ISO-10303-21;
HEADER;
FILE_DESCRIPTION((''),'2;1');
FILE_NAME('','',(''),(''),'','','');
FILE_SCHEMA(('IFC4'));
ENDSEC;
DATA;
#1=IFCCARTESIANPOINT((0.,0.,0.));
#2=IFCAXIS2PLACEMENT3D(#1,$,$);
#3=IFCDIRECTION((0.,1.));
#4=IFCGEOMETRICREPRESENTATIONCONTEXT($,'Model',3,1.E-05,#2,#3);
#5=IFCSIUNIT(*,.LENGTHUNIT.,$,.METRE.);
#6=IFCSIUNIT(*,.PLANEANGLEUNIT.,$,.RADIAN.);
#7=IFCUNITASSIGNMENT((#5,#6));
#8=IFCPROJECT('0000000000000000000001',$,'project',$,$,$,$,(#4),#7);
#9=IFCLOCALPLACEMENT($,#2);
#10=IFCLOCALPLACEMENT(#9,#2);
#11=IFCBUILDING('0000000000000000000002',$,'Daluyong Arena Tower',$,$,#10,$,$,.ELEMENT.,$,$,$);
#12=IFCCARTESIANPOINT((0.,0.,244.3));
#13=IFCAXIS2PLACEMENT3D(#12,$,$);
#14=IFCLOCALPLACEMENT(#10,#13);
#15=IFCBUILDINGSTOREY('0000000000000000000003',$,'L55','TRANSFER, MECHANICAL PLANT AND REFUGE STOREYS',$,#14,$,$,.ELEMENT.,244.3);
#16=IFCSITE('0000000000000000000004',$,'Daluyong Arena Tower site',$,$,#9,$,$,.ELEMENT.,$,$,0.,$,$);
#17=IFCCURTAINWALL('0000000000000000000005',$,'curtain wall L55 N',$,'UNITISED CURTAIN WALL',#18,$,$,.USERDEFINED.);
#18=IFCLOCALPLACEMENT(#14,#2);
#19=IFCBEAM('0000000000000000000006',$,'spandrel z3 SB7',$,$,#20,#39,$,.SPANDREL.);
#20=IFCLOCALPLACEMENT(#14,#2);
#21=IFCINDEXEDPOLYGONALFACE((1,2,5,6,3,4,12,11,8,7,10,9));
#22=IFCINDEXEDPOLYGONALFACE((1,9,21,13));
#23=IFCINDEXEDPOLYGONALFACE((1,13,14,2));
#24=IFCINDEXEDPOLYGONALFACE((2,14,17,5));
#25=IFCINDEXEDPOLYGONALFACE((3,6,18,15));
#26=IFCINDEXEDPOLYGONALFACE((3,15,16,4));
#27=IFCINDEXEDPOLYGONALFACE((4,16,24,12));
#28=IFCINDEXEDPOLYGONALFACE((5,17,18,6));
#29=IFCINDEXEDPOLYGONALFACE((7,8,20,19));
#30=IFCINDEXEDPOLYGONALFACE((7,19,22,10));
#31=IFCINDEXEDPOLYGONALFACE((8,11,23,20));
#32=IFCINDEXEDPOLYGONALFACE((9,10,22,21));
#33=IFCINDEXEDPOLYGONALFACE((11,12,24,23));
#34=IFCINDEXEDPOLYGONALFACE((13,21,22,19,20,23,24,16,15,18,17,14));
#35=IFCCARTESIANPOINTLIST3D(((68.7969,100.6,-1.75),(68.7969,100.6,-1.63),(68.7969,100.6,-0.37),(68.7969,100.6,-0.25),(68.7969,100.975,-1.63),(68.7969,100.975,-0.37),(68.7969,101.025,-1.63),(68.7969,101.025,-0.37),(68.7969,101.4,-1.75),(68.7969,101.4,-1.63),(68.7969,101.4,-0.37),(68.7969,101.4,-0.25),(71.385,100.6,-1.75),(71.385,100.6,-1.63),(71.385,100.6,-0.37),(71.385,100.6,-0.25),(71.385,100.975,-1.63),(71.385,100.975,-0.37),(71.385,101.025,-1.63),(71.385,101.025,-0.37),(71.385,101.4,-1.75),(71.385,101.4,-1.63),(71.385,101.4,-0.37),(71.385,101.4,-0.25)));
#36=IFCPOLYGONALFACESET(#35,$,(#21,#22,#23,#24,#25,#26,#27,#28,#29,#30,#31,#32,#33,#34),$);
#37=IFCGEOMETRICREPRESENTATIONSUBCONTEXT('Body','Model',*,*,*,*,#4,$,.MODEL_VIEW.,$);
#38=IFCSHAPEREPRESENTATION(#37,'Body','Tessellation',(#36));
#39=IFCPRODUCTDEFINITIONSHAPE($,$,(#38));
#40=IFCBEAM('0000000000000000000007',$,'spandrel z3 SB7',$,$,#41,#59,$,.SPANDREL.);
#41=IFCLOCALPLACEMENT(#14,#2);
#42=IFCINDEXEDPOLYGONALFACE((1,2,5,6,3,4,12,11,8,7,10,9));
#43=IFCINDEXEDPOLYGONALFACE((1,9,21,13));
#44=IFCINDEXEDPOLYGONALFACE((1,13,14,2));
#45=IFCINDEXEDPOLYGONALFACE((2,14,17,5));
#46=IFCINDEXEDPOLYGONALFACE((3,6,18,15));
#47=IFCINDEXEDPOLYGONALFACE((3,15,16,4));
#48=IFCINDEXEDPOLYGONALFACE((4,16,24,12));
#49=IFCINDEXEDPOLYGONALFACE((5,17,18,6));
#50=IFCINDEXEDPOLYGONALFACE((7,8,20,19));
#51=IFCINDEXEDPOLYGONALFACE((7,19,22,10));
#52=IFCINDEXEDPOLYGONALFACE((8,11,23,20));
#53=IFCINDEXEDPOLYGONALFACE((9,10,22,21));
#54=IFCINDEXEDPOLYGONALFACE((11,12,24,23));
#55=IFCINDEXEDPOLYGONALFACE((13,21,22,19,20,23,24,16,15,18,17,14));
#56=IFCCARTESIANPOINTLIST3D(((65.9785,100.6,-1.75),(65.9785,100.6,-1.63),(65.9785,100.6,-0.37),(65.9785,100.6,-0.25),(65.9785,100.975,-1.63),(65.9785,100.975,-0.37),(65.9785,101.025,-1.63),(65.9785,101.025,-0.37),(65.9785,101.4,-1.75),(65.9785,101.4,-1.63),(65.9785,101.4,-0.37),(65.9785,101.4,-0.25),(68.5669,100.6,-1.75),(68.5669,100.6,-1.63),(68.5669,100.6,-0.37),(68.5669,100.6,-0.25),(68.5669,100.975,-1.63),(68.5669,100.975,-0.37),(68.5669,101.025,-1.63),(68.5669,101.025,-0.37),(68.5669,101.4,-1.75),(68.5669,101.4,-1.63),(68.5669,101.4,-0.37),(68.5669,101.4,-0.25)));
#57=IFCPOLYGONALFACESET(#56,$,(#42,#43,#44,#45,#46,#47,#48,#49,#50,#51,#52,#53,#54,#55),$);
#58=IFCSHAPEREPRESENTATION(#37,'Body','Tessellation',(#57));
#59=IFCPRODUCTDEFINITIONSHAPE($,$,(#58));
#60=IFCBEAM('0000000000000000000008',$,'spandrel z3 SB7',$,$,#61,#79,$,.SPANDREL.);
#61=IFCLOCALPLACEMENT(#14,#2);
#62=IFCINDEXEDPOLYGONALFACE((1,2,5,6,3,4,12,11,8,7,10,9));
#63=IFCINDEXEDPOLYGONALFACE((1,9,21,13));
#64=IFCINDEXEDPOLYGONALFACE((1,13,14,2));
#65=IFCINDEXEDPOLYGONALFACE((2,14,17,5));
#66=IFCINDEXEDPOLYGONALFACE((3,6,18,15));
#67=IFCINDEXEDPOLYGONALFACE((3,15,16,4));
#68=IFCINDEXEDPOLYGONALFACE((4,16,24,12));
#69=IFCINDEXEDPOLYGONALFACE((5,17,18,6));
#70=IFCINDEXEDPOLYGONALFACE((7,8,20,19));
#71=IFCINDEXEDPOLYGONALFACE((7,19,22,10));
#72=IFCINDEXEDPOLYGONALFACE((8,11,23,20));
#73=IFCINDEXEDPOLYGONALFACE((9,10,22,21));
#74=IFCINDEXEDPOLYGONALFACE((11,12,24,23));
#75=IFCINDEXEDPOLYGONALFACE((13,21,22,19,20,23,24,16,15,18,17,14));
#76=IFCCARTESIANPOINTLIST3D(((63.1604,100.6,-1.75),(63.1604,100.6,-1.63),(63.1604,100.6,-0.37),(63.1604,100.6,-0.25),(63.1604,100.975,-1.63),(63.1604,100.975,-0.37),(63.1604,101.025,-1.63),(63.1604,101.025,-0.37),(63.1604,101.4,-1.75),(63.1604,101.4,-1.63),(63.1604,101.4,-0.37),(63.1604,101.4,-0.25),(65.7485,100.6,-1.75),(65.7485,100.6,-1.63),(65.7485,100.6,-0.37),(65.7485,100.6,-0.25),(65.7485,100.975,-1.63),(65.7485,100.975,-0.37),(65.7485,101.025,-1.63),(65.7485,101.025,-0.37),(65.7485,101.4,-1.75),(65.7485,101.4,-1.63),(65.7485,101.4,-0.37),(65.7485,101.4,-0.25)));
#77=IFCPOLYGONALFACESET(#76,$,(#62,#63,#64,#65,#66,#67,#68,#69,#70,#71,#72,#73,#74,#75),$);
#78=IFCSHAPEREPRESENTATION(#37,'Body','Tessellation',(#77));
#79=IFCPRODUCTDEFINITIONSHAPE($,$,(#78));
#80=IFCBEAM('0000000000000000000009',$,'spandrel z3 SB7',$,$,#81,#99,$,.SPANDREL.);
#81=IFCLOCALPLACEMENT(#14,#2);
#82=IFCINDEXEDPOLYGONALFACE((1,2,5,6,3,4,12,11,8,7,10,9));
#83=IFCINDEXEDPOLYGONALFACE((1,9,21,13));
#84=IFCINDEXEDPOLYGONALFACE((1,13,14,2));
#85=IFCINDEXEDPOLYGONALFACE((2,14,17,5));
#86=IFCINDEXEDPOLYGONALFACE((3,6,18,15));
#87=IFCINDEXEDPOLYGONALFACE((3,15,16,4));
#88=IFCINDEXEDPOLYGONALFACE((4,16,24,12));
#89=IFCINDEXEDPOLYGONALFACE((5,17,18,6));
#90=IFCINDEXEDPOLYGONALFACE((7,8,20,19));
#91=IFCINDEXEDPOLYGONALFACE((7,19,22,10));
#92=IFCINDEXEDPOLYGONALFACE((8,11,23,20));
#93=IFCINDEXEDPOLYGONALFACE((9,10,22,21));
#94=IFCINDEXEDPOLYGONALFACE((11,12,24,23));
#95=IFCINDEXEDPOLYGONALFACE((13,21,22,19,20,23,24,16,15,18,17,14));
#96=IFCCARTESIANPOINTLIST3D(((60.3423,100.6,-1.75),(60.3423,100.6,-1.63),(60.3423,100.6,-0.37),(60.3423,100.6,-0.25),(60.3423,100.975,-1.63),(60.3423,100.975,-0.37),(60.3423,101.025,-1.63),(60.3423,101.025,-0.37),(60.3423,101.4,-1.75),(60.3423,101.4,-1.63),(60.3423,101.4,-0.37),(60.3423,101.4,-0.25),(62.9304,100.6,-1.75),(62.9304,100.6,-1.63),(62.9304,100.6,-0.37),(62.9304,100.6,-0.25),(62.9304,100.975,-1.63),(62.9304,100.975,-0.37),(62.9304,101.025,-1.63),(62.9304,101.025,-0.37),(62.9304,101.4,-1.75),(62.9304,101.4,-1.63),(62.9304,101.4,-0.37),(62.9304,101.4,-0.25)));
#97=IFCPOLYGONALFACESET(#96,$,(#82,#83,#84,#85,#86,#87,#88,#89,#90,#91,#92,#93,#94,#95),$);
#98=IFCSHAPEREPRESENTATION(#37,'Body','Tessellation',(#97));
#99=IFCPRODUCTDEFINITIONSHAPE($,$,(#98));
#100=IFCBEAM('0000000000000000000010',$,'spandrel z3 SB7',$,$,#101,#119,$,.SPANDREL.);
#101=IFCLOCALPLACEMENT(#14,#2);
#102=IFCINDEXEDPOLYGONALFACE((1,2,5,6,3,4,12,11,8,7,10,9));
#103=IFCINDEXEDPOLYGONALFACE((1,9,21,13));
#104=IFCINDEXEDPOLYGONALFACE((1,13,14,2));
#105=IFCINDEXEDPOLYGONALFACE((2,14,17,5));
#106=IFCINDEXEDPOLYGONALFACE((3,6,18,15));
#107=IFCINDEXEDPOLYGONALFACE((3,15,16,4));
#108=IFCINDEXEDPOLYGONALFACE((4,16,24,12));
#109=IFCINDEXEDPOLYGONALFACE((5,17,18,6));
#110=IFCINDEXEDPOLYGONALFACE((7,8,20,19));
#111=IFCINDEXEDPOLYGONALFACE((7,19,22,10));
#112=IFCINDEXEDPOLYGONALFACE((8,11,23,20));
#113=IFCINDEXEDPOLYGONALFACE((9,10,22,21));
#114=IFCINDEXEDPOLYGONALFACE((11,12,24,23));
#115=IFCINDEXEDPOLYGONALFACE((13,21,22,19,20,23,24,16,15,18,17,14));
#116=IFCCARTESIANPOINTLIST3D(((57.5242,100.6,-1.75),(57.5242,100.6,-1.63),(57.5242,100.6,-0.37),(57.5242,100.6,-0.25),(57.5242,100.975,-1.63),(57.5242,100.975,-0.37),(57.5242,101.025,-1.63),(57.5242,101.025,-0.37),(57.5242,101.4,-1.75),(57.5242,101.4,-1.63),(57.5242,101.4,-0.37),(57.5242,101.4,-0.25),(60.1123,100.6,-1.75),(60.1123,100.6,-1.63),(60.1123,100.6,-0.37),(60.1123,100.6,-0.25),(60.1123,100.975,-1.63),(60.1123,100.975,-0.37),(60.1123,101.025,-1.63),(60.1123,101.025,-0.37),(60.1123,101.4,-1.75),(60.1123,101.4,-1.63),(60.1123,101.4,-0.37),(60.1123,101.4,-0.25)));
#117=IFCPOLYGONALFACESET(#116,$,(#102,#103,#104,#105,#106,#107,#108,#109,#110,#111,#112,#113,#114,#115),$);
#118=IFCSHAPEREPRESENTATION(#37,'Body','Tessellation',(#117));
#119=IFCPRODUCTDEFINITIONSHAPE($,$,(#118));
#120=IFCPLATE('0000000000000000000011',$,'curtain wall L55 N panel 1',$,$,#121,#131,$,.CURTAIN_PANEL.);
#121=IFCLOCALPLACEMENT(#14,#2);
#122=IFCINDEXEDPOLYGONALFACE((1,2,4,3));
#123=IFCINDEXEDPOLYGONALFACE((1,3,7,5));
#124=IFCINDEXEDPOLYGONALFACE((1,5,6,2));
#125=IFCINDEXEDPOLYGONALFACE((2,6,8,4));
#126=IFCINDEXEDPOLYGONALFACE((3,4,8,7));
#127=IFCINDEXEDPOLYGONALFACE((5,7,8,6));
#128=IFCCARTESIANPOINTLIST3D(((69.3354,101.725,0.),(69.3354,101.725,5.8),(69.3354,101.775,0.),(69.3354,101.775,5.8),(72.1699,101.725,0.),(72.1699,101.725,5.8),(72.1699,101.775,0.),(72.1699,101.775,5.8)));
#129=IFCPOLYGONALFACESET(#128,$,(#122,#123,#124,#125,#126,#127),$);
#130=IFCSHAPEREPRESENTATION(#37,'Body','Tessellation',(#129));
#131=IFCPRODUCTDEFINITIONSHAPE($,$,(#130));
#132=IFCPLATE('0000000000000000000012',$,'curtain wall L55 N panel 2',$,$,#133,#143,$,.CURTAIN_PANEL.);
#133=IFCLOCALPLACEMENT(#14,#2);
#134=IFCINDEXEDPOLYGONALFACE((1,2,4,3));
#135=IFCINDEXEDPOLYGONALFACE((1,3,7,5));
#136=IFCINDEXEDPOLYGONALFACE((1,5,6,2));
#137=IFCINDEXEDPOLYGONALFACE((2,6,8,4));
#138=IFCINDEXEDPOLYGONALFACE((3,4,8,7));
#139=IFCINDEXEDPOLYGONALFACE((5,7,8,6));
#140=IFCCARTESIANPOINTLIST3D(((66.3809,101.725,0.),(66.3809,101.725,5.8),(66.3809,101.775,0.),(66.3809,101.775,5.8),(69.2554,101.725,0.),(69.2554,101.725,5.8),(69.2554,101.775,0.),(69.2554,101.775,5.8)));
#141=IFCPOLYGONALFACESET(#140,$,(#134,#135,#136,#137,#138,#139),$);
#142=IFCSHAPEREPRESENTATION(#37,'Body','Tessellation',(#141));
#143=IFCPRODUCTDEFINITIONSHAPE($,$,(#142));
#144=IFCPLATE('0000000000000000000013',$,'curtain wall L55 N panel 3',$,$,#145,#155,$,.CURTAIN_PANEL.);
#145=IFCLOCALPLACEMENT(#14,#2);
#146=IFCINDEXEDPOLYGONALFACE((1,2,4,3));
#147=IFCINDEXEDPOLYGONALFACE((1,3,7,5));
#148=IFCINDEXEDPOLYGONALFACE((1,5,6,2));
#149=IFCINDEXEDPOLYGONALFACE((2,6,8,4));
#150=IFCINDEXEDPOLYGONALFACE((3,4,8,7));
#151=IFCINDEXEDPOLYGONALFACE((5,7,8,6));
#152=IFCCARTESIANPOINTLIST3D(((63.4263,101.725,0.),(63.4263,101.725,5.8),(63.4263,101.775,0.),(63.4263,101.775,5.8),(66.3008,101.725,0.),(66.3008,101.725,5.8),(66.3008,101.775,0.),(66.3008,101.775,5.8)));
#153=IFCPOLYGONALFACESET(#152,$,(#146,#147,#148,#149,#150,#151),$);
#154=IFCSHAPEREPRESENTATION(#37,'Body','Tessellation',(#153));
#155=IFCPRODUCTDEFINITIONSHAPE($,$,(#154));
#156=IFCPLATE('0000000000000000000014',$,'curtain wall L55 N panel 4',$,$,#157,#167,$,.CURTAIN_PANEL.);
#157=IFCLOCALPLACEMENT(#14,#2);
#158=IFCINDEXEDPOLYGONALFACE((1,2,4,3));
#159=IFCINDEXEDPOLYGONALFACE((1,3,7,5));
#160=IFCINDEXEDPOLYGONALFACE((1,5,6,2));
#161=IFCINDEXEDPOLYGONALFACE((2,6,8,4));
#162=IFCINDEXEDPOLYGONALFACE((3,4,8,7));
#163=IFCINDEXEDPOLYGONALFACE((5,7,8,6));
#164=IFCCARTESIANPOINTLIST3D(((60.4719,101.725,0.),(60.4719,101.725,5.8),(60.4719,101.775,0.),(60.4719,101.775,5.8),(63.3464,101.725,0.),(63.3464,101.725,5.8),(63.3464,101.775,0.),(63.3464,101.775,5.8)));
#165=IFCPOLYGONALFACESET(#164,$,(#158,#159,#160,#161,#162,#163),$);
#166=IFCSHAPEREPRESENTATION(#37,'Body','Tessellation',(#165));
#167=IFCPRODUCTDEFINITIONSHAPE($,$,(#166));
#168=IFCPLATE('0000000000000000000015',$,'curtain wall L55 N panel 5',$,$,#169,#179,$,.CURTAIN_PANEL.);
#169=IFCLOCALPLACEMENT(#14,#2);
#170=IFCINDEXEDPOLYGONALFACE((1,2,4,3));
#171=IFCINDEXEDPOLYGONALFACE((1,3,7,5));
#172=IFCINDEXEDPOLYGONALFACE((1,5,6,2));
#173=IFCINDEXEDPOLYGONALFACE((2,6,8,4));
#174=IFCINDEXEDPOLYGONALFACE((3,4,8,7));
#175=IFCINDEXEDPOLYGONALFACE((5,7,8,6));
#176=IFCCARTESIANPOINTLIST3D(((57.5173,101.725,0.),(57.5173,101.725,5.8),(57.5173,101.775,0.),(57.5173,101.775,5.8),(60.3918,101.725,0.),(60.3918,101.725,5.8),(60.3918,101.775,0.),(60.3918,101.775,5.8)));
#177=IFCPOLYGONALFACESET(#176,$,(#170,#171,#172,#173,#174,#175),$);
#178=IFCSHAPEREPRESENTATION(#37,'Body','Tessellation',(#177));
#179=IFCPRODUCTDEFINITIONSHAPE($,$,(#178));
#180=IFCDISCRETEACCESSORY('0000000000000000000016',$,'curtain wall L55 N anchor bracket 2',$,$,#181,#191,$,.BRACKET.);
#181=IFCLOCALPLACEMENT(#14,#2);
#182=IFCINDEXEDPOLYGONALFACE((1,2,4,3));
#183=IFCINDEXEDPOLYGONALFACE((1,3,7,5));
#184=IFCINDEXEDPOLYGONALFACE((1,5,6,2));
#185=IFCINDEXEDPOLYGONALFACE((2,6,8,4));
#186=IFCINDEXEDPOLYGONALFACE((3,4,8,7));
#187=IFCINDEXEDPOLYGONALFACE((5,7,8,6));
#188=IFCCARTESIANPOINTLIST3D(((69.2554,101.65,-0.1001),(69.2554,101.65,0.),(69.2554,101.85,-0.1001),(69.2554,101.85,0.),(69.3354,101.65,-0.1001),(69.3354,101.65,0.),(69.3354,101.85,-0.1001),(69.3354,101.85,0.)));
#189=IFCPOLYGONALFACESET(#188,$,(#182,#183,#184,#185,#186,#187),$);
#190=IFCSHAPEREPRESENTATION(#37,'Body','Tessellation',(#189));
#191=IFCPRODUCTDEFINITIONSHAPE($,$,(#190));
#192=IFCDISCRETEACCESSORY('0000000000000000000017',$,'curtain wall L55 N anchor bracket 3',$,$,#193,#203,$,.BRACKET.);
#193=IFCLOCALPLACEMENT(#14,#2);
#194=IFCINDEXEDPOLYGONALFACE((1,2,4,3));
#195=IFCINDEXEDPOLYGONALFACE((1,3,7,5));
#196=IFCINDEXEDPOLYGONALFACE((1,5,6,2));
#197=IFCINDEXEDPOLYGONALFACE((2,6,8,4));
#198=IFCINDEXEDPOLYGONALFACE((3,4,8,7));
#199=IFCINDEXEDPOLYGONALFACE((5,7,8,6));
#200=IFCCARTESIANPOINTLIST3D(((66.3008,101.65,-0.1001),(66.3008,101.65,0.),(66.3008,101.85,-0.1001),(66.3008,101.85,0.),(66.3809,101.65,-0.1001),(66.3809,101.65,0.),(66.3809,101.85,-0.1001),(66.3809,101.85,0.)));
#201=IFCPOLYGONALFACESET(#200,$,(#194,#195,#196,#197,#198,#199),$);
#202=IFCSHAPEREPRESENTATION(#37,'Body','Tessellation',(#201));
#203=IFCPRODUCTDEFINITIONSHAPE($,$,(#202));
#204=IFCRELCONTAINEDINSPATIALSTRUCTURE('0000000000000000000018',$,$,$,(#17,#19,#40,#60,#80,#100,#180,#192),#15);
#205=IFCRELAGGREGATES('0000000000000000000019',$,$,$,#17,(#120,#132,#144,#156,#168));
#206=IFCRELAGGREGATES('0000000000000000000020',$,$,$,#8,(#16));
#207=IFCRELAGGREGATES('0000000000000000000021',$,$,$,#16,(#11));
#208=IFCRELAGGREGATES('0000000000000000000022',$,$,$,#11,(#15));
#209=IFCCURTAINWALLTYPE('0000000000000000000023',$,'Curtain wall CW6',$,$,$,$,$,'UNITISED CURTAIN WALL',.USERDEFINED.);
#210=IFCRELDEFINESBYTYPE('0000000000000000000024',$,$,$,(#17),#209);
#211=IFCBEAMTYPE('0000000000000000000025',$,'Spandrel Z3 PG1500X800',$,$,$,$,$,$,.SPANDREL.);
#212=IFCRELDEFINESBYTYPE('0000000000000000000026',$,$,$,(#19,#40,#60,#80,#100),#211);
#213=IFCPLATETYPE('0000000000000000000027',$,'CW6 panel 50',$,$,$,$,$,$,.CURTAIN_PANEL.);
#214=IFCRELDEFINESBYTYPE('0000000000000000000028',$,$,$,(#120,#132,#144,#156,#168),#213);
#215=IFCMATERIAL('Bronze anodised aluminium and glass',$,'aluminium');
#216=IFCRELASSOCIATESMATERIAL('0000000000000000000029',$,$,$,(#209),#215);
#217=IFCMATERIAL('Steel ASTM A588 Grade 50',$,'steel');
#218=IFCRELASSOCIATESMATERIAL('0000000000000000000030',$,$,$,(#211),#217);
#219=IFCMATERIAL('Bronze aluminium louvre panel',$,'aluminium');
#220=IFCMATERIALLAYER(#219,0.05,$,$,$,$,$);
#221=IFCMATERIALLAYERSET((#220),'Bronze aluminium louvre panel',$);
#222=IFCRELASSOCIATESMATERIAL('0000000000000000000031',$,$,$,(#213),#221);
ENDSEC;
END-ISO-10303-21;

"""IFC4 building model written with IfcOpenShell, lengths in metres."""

from ifc_helpers import new_model, si_unit, direction, frame, origin, origin_2d, place, context, subcontext, project, spatial, rectangle, i_section, extrude, material, layer, layer_set, material_profile, profile_set, type_object, element, aggregate, save


model = new_model("IFC4")

# Units and contexts
model_context = context("Model", 3, precision=1e-05, world=origin(), true_north=direction((0.0, 1.0)))
body_context = subcontext(model_context, "Body", "Model", "MODEL_VIEW")
ifc_project = project(units=[si_unit("LENGTHUNIT", "METRE"), si_unit("PLANEANGLEUNIT", "RADIAN")], contexts=[model_context])

# Site, building, storey
site_placement = place(None, origin())
site = spatial("IfcSite", under=ifc_project, at=site_placement, Name="Daluyong Arena Tower site", CompositionType="ELEMENT", RefElevation=0.0)
building_placement = place(site_placement, origin())
building = spatial("IfcBuilding", under=site, at=building_placement, Name="Daluyong Arena Tower", CompositionType="ELEMENT")
storey_placement = place(building_placement, frame((0.0, 0.0, 244.3)))
storey = spatial("IfcBuildingStorey", under=building, at=storey_placement, Name="L55", Description="TRANSFER, MECHANICAL PLANT AND REFUGE STOREYS", CompositionType="ELEMENT", Elevation=244.3)

# Curtain wall
ifc_material_1 = material(Name="Bronze anodised aluminium and glass", Category="aluminium")
curtain_wall_type = type_object("IfcCurtainWallType", Name="Curtain wall CW6", ElementType="UNITISED CURTAIN WALL", PredefinedType="USERDEFINED", material=ifc_material_1)
curtain_wall_placement = place(storey_placement, origin())
curtain_wall = element("IfcCurtainWall", 1, at=curtain_wall_placement, inside=storey, type_object=curtain_wall_type, Name="curtain wall L55 N", ObjectType="UNITISED CURTAIN WALL", PredefinedType="USERDEFINED")

# Beams
ifc_material_2 = material(Name="Steel ASTM A588 Grade 50", Category="steel")
ifc_material_profile_1 = material_profile(ifc_material_2, i_section(OverallWidth=0.8, OverallDepth=1.5, WebThickness=0.05, FlangeThickness=0.12, at=origin_2d()))
ifc_profile_set_1 = profile_set([ifc_material_profile_1], Name="Steel ASTM A588 Grade 50")
beam_type_1 = type_object("IfcBeamType", Name="Spandrel Z3 PG1500X800", PredefinedType="SPANDREL", material=ifc_profile_set_1)
beam_1_placement = place(storey_placement, frame((71.385, 101.0, -1.0), z_axis=(-1.0, 0.0, 0.0), x_axis=(0.0, -1.0, 0.0)))
element("IfcBeam", 2, at=beam_1_placement, inside=storey, type_object=beam_type_1, Name="spandrel z3 SB7", PredefinedType="SPANDREL", context=body_context, shape_type="SweptSolid", body=[
    extrude(i_section(OverallWidth=0.8, OverallDepth=1.5, WebThickness=0.05, FlangeThickness=0.12, at=origin_2d()), origin(), (0.0, 0.0, 1.0), 2.5881),
])
beam_2_placement = place(storey_placement, frame((68.5669, 101.0, -1.0), z_axis=(-1.0, 0.0, 0.0), x_axis=(0.0, -1.0, 0.0)))
element("IfcBeam", 3, at=beam_2_placement, inside=storey, type_object=beam_type_1, Name="spandrel z3 SB7", PredefinedType="SPANDREL", context=body_context, shape_type="SweptSolid", body=[
    extrude(i_section(OverallWidth=0.8, OverallDepth=1.5, WebThickness=0.05, FlangeThickness=0.12, at=origin_2d()), origin(), (0.0, 0.0, 1.0), 2.5884),
])
for number, where, z_axis, x_axis, name in (
    (4, (65.7485, 101.0, -1.0), (-1.0, 0.0, 0.0), (0.0, -1.0, 0.0), "spandrel z3 SB7"),
    (5, (62.9304, 101.0, -1.0), (-1.0, 0.0, 0.0), (0.0, -1.0, 0.0), "spandrel z3 SB7"),
    (6, (60.1123, 101.0, -1.0), (-1.0, 0.0, 0.0), (0.0, -1.0, 0.0), "spandrel z3 SB7"),
):
    element("IfcBeam", number, at=place(storey_placement, frame(where, z_axis=z_axis, x_axis=x_axis)), inside=storey, type_object=beam_type_1, Name=name, PredefinedType="SPANDREL", context=body_context, shape_type="SweptSolid", body=[
        extrude(i_section(OverallWidth=0.8, OverallDepth=1.5, WebThickness=0.05, FlangeThickness=0.12, at=origin_2d()), origin(), (0.0, 0.0, 1.0), 2.5881),
    ])

# Plates
ifc_material_3 = material(Name="Bronze aluminium louvre panel", Category="aluminium")
ifc_layer = layer(ifc_material_3, 0.05)
ifc_layer_set = layer_set([ifc_layer], Name="Bronze aluminium louvre panel")
plate_type = type_object("IfcPlateType", Name="CW6 panel 50", PredefinedType="CURTAIN_PANEL", material=ifc_layer_set)
plate_1_placement = place(storey_placement, frame((70.7527, 101.75, 0.0), z_axis=(0.0, 0.0, 1.0), x_axis=(-1.0, 0.0, 0.0)))
plate_1 = element("IfcPlate", 7, at=plate_1_placement, type_object=plate_type, Name="curtain wall L55 N panel 1", PredefinedType="CURTAIN_PANEL", context=body_context, shape_type="SweptSolid", body=[
    extrude(rectangle(XDim=2.8345, YDim=0.05, at=origin_2d()), origin(), (0.0, 0.0, 1.0), 5.8),
])
plate_2_placement = place(storey_placement, frame((67.8181, 101.75, 0.0), z_axis=(0.0, 0.0, 1.0), x_axis=(-1.0, 0.0, 0.0)))
plate_2 = element("IfcPlate", 8, at=plate_2_placement, type_object=plate_type, Name="curtain wall L55 N panel 2", PredefinedType="CURTAIN_PANEL", context=body_context, shape_type="SweptSolid", body=[
    extrude(rectangle(XDim=2.8745, YDim=0.05, at=origin_2d()), origin(), (0.0, 0.0, 1.0), 5.8),
])
plate_3_placement = place(storey_placement, frame((64.8635, 101.75, 0.0), z_axis=(0.0, 0.0, 1.0), x_axis=(-1.0, 0.0, 0.0)))
plate_3 = element("IfcPlate", 9, at=plate_3_placement, type_object=plate_type, Name="curtain wall L55 N panel 3", PredefinedType="CURTAIN_PANEL", context=body_context, shape_type="SweptSolid", body=[
    extrude(rectangle(XDim=2.8745, YDim=0.05, at=origin_2d()), origin(), (0.0, 0.0, 1.0), 5.8),
])
plate_4_placement = place(storey_placement, frame((61.9092, 101.75, 0.0), z_axis=(0.0, 0.0, 1.0), x_axis=(-1.0, 0.0, 0.0)))
plate_4 = element("IfcPlate", 10, at=plate_4_placement, type_object=plate_type, Name="curtain wall L55 N panel 4", PredefinedType="CURTAIN_PANEL", context=body_context, shape_type="SweptSolid", body=[
    extrude(rectangle(XDim=2.8745, YDim=0.05, at=origin_2d()), origin(), (0.0, 0.0, 1.0), 5.8),
])
plate_5_placement = place(storey_placement, frame((58.9546, 101.75, 0.0), z_axis=(0.0, 0.0, 1.0), x_axis=(-1.0, 0.0, 0.0)))
plate_5 = element("IfcPlate", 11, at=plate_5_placement, type_object=plate_type, Name="curtain wall L55 N panel 5", PredefinedType="CURTAIN_PANEL", context=body_context, shape_type="SweptSolid", body=[
    extrude(rectangle(XDim=2.8745, YDim=0.05, at=origin_2d()), origin(), (0.0, 0.0, 1.0), 5.8),
])
aggregate(curtain_wall, [plate_1, plate_2, plate_3, plate_4, plate_5])

# Discrete accessories
for number, where, z_axis, x_axis, name in (
    (12, (69.2954, 101.75, -0.1001), (0.0, 0.0, 1.0), (-1.0, 0.0, 0.0), "curtain wall L55 N anchor bracket 2"),
    (13, (66.3408, 101.75, -0.1001), (0.0, 0.0, 1.0), (-1.0, 0.0, 0.0), "curtain wall L55 N anchor bracket 3"),
):
    element("IfcDiscreteAccessory", number, at=place(storey_placement, frame(where, z_axis=z_axis, x_axis=x_axis)), inside=storey, Name=name, PredefinedType="BRACKET", context=body_context, shape_type="SweptSolid", body=[
        extrude(rectangle(XDim=0.0801, YDim=0.2, at=origin_2d()), origin(), (0.0, 0.0, 1.0), 0.1001),
    ])

save(model, "model.ifc")
